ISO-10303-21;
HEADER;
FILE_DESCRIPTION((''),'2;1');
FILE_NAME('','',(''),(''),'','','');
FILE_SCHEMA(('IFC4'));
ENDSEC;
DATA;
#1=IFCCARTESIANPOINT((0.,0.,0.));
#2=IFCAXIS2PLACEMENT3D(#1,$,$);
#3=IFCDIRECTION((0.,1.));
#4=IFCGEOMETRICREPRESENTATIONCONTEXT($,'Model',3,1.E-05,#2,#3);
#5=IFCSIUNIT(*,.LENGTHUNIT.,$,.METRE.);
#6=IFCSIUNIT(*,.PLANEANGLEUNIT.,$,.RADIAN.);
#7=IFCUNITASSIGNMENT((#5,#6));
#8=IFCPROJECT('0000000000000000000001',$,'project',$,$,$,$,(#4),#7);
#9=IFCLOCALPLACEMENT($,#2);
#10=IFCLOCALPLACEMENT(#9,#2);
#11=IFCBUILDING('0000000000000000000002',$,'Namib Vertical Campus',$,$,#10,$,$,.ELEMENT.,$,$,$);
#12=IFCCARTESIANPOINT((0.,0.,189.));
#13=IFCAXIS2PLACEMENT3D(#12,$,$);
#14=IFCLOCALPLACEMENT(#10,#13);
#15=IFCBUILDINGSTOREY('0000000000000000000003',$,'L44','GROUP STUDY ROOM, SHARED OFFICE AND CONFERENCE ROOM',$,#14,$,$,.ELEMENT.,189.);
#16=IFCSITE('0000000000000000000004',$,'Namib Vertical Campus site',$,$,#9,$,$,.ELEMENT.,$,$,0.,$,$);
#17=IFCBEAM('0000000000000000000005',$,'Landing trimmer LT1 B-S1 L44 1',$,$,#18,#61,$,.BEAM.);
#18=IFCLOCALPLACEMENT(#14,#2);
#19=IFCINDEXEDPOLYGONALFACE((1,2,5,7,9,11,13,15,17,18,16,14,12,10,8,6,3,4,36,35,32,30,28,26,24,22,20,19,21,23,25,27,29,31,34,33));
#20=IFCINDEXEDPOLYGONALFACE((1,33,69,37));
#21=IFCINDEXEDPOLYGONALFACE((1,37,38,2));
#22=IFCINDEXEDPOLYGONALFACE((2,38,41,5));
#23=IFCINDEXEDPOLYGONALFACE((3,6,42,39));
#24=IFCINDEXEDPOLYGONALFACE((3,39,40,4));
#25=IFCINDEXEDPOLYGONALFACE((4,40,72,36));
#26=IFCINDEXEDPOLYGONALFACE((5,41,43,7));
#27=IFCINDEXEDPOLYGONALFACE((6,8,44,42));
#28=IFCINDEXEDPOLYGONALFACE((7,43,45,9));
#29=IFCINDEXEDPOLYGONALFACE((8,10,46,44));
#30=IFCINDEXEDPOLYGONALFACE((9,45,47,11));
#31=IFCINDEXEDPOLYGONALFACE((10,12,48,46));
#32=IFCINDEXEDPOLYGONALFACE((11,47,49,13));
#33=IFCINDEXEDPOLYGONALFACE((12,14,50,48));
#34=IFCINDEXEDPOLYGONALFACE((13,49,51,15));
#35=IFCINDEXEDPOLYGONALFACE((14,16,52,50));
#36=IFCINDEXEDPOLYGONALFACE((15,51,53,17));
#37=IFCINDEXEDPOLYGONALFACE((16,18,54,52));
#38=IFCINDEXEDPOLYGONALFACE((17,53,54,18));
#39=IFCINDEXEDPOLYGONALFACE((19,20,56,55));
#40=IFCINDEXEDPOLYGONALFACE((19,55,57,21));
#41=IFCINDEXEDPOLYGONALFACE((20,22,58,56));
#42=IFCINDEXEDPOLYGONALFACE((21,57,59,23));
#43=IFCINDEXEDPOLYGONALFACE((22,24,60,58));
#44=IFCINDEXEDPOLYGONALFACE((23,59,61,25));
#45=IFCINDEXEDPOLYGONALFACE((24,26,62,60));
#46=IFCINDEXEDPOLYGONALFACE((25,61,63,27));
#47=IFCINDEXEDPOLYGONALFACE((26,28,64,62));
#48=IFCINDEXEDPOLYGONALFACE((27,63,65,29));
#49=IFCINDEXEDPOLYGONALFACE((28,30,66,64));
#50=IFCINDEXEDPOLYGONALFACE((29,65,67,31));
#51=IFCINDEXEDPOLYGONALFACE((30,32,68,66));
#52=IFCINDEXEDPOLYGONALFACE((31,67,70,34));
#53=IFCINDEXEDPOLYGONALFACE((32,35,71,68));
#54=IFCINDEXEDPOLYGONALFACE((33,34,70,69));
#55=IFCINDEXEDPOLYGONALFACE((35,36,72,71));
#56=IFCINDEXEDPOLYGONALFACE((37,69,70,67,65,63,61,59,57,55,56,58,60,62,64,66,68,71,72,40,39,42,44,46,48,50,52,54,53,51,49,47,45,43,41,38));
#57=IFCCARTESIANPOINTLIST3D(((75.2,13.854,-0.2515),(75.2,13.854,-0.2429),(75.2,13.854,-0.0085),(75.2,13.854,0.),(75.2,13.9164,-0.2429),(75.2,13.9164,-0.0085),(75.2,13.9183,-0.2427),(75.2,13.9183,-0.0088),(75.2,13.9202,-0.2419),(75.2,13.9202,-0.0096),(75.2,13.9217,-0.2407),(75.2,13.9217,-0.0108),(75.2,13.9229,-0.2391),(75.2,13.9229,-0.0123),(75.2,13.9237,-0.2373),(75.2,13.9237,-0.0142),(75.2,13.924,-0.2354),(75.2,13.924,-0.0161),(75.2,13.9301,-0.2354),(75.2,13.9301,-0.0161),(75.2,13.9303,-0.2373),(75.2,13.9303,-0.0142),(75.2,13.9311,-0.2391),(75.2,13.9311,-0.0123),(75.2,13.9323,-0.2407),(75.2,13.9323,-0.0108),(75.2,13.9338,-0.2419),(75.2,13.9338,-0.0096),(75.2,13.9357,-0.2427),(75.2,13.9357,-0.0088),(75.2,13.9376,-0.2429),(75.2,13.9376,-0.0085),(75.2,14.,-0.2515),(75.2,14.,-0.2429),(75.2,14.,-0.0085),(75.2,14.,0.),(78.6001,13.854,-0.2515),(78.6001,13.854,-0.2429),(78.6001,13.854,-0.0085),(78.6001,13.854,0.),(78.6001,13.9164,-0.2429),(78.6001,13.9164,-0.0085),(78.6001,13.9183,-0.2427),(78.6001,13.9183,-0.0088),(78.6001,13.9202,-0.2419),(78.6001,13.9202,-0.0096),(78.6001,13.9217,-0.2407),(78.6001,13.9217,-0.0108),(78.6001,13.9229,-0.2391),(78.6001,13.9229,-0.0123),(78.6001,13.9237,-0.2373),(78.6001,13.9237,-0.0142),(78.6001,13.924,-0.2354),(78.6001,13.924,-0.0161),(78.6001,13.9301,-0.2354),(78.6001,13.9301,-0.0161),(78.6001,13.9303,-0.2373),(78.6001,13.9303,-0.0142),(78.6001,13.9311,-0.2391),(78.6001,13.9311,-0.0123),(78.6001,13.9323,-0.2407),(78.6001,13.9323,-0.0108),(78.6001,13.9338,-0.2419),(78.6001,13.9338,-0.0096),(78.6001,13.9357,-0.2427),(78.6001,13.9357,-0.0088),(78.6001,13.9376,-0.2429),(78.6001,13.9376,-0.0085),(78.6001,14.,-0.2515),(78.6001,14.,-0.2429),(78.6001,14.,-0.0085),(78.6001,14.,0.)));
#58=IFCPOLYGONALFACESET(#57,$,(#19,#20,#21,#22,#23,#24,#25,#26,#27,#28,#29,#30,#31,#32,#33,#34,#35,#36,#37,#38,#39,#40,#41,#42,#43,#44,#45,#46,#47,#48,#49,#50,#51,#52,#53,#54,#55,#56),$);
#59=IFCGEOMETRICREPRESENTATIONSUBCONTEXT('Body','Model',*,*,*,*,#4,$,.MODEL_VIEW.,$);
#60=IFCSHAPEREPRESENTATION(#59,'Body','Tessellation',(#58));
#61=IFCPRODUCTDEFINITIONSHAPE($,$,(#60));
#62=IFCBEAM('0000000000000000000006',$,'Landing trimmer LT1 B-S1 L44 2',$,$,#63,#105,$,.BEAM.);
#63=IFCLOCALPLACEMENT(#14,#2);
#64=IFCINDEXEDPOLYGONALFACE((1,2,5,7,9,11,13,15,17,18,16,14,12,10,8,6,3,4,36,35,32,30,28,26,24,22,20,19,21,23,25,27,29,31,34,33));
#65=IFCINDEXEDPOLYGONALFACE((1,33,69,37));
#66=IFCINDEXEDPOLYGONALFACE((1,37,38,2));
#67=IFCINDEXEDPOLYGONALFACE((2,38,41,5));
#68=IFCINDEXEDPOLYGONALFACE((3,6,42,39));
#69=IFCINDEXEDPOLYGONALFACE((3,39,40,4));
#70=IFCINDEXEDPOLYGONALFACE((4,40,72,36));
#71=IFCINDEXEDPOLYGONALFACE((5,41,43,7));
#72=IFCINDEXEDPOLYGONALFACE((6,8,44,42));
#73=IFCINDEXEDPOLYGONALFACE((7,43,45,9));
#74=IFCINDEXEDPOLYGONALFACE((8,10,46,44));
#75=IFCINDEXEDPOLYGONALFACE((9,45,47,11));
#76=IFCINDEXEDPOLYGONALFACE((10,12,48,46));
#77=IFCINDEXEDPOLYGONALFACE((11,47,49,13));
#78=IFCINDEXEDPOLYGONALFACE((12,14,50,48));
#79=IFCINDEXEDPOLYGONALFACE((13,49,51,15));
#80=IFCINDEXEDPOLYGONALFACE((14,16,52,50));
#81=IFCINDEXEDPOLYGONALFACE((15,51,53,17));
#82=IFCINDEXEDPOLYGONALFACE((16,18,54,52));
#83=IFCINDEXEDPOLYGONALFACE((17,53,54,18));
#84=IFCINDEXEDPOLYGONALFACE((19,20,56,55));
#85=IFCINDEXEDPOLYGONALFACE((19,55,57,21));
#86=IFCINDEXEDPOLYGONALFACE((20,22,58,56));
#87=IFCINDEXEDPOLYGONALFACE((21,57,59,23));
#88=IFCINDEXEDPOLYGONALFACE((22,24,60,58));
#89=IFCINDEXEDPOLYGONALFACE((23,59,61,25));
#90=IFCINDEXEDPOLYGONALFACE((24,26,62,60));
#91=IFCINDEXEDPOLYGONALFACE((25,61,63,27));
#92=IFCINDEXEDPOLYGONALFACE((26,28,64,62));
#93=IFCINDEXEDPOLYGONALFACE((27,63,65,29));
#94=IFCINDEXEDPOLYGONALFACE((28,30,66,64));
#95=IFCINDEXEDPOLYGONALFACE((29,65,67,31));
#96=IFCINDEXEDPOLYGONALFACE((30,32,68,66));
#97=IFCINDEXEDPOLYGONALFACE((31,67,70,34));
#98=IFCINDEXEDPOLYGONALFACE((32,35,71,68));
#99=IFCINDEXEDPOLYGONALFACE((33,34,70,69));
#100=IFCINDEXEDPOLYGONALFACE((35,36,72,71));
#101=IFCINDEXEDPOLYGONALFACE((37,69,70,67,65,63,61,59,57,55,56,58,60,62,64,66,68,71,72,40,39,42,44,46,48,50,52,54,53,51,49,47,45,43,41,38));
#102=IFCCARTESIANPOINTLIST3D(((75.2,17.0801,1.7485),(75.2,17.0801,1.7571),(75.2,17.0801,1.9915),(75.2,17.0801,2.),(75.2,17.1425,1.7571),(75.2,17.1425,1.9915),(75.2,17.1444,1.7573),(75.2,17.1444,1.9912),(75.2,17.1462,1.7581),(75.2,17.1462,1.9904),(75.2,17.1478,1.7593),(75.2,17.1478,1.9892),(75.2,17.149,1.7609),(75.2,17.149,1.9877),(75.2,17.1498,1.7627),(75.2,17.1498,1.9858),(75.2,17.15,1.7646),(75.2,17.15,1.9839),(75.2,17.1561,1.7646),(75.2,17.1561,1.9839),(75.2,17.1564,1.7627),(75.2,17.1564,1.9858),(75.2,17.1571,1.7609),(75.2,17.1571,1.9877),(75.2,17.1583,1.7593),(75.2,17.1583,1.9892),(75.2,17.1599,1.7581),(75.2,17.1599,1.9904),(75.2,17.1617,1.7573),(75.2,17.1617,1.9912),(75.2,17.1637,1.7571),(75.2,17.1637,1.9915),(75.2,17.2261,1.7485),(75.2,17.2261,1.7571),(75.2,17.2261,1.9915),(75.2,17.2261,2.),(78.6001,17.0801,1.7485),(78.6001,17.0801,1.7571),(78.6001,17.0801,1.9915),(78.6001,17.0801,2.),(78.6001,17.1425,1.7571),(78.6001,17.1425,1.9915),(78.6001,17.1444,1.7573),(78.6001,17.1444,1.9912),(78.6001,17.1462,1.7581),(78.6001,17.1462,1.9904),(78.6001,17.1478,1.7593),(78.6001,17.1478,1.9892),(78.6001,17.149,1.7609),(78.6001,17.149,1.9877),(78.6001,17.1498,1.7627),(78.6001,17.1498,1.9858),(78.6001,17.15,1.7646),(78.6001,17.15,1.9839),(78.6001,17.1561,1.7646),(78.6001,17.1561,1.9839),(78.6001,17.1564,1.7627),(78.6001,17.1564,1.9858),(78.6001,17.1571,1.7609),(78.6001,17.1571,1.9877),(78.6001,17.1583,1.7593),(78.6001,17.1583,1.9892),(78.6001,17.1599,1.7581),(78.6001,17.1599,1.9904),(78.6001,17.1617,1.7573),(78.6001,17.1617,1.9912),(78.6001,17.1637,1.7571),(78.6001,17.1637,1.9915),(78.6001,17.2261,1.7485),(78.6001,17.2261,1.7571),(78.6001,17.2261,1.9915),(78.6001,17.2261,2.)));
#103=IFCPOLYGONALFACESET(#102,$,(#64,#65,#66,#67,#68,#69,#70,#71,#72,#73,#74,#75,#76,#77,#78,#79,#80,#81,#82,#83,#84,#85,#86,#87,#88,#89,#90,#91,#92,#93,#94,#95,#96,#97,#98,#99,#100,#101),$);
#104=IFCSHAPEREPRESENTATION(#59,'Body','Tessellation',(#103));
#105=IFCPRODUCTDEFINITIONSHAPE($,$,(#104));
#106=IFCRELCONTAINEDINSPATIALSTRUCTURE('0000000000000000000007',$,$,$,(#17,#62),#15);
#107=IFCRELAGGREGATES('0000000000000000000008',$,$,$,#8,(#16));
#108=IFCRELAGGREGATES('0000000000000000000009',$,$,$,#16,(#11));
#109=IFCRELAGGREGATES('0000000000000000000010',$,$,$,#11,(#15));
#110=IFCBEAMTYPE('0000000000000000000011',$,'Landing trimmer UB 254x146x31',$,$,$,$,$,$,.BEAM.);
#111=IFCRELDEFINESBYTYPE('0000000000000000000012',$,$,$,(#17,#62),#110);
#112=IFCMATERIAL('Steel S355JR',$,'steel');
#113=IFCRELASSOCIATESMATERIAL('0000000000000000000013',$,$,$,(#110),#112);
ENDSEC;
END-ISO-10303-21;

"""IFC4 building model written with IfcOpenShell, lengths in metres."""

from ifc_helpers import new_model, si_unit, direction, frame, origin, origin_2d, place, context, subcontext, project, spatial, i_section, extrude, material, material_profile, profile_set, type_object, element, save


model = new_model("IFC4")

# Units and contexts
model_context = context("Model", 3, precision=1e-05, world=origin(), true_north=direction((0.0, 1.0)))
body_context = subcontext(model_context, "Body", "Model", "MODEL_VIEW")
ifc_project = project(units=[si_unit("LENGTHUNIT", "METRE"), si_unit("PLANEANGLEUNIT", "RADIAN")], contexts=[model_context])

# Site, building, storey
site_placement = place(None, origin())
site = spatial("IfcSite", under=ifc_project, at=site_placement, Name="Namib Vertical Campus site", CompositionType="ELEMENT", RefElevation=0.0)
building_placement = place(site_placement, origin())
building = spatial("IfcBuilding", under=site, at=building_placement, Name="Namib Vertical Campus", CompositionType="ELEMENT")
storey_placement = place(building_placement, frame((0.0, 0.0, 189.0)))
storey = spatial("IfcBuildingStorey", under=building, at=storey_placement, Name="L44", Description="GROUP STUDY ROOM, SHARED OFFICE AND CONFERENCE ROOM", CompositionType="ELEMENT", Elevation=189.0)

# Beams
ifc_material_1 = material(Name="Steel S355JR", Category="steel")
ifc_material_profile = material_profile(ifc_material_1, i_section(OverallWidth=0.146, OverallDepth=0.2515, WebThickness=0.0061, FlangeThickness=0.0085, FilletRadius=0.0076, at=origin_2d()))
ifc_profile_set = profile_set([ifc_material_profile], Name="Steel S355JR")
beam_type = type_object("IfcBeamType", Name="Landing trimmer UB 254x146x31", PredefinedType="BEAM", material=ifc_profile_set)
for number, where, z_axis, x_axis, name in (
    (1, (75.2, 13.927, -0.1257), (1.0, 0.0, 0.0), (0.0, 1.0, 0.0), "Landing trimmer LT1 B-S1 L44 1"),
    (2, (75.2, 17.1531, 1.8743), (1.0, 0.0, 0.0), (0.0, 1.0, 0.0), "Landing trimmer LT1 B-S1 L44 2"),
):
    element("IfcBeam", number, at=place(storey_placement, frame(where, z_axis=z_axis, x_axis=x_axis)), inside=storey, type_object=beam_type, Name=name, PredefinedType="BEAM", context=body_context, shape_type="SweptSolid", body=[
        extrude(i_section(OverallWidth=0.146, OverallDepth=0.2515, WebThickness=0.0061, FlangeThickness=0.0085, FilletRadius=0.0076, at=origin_2d()), origin(), (0.0, 0.0, 1.0), 3.4001),
    ])

save(model, "model.ifc")
